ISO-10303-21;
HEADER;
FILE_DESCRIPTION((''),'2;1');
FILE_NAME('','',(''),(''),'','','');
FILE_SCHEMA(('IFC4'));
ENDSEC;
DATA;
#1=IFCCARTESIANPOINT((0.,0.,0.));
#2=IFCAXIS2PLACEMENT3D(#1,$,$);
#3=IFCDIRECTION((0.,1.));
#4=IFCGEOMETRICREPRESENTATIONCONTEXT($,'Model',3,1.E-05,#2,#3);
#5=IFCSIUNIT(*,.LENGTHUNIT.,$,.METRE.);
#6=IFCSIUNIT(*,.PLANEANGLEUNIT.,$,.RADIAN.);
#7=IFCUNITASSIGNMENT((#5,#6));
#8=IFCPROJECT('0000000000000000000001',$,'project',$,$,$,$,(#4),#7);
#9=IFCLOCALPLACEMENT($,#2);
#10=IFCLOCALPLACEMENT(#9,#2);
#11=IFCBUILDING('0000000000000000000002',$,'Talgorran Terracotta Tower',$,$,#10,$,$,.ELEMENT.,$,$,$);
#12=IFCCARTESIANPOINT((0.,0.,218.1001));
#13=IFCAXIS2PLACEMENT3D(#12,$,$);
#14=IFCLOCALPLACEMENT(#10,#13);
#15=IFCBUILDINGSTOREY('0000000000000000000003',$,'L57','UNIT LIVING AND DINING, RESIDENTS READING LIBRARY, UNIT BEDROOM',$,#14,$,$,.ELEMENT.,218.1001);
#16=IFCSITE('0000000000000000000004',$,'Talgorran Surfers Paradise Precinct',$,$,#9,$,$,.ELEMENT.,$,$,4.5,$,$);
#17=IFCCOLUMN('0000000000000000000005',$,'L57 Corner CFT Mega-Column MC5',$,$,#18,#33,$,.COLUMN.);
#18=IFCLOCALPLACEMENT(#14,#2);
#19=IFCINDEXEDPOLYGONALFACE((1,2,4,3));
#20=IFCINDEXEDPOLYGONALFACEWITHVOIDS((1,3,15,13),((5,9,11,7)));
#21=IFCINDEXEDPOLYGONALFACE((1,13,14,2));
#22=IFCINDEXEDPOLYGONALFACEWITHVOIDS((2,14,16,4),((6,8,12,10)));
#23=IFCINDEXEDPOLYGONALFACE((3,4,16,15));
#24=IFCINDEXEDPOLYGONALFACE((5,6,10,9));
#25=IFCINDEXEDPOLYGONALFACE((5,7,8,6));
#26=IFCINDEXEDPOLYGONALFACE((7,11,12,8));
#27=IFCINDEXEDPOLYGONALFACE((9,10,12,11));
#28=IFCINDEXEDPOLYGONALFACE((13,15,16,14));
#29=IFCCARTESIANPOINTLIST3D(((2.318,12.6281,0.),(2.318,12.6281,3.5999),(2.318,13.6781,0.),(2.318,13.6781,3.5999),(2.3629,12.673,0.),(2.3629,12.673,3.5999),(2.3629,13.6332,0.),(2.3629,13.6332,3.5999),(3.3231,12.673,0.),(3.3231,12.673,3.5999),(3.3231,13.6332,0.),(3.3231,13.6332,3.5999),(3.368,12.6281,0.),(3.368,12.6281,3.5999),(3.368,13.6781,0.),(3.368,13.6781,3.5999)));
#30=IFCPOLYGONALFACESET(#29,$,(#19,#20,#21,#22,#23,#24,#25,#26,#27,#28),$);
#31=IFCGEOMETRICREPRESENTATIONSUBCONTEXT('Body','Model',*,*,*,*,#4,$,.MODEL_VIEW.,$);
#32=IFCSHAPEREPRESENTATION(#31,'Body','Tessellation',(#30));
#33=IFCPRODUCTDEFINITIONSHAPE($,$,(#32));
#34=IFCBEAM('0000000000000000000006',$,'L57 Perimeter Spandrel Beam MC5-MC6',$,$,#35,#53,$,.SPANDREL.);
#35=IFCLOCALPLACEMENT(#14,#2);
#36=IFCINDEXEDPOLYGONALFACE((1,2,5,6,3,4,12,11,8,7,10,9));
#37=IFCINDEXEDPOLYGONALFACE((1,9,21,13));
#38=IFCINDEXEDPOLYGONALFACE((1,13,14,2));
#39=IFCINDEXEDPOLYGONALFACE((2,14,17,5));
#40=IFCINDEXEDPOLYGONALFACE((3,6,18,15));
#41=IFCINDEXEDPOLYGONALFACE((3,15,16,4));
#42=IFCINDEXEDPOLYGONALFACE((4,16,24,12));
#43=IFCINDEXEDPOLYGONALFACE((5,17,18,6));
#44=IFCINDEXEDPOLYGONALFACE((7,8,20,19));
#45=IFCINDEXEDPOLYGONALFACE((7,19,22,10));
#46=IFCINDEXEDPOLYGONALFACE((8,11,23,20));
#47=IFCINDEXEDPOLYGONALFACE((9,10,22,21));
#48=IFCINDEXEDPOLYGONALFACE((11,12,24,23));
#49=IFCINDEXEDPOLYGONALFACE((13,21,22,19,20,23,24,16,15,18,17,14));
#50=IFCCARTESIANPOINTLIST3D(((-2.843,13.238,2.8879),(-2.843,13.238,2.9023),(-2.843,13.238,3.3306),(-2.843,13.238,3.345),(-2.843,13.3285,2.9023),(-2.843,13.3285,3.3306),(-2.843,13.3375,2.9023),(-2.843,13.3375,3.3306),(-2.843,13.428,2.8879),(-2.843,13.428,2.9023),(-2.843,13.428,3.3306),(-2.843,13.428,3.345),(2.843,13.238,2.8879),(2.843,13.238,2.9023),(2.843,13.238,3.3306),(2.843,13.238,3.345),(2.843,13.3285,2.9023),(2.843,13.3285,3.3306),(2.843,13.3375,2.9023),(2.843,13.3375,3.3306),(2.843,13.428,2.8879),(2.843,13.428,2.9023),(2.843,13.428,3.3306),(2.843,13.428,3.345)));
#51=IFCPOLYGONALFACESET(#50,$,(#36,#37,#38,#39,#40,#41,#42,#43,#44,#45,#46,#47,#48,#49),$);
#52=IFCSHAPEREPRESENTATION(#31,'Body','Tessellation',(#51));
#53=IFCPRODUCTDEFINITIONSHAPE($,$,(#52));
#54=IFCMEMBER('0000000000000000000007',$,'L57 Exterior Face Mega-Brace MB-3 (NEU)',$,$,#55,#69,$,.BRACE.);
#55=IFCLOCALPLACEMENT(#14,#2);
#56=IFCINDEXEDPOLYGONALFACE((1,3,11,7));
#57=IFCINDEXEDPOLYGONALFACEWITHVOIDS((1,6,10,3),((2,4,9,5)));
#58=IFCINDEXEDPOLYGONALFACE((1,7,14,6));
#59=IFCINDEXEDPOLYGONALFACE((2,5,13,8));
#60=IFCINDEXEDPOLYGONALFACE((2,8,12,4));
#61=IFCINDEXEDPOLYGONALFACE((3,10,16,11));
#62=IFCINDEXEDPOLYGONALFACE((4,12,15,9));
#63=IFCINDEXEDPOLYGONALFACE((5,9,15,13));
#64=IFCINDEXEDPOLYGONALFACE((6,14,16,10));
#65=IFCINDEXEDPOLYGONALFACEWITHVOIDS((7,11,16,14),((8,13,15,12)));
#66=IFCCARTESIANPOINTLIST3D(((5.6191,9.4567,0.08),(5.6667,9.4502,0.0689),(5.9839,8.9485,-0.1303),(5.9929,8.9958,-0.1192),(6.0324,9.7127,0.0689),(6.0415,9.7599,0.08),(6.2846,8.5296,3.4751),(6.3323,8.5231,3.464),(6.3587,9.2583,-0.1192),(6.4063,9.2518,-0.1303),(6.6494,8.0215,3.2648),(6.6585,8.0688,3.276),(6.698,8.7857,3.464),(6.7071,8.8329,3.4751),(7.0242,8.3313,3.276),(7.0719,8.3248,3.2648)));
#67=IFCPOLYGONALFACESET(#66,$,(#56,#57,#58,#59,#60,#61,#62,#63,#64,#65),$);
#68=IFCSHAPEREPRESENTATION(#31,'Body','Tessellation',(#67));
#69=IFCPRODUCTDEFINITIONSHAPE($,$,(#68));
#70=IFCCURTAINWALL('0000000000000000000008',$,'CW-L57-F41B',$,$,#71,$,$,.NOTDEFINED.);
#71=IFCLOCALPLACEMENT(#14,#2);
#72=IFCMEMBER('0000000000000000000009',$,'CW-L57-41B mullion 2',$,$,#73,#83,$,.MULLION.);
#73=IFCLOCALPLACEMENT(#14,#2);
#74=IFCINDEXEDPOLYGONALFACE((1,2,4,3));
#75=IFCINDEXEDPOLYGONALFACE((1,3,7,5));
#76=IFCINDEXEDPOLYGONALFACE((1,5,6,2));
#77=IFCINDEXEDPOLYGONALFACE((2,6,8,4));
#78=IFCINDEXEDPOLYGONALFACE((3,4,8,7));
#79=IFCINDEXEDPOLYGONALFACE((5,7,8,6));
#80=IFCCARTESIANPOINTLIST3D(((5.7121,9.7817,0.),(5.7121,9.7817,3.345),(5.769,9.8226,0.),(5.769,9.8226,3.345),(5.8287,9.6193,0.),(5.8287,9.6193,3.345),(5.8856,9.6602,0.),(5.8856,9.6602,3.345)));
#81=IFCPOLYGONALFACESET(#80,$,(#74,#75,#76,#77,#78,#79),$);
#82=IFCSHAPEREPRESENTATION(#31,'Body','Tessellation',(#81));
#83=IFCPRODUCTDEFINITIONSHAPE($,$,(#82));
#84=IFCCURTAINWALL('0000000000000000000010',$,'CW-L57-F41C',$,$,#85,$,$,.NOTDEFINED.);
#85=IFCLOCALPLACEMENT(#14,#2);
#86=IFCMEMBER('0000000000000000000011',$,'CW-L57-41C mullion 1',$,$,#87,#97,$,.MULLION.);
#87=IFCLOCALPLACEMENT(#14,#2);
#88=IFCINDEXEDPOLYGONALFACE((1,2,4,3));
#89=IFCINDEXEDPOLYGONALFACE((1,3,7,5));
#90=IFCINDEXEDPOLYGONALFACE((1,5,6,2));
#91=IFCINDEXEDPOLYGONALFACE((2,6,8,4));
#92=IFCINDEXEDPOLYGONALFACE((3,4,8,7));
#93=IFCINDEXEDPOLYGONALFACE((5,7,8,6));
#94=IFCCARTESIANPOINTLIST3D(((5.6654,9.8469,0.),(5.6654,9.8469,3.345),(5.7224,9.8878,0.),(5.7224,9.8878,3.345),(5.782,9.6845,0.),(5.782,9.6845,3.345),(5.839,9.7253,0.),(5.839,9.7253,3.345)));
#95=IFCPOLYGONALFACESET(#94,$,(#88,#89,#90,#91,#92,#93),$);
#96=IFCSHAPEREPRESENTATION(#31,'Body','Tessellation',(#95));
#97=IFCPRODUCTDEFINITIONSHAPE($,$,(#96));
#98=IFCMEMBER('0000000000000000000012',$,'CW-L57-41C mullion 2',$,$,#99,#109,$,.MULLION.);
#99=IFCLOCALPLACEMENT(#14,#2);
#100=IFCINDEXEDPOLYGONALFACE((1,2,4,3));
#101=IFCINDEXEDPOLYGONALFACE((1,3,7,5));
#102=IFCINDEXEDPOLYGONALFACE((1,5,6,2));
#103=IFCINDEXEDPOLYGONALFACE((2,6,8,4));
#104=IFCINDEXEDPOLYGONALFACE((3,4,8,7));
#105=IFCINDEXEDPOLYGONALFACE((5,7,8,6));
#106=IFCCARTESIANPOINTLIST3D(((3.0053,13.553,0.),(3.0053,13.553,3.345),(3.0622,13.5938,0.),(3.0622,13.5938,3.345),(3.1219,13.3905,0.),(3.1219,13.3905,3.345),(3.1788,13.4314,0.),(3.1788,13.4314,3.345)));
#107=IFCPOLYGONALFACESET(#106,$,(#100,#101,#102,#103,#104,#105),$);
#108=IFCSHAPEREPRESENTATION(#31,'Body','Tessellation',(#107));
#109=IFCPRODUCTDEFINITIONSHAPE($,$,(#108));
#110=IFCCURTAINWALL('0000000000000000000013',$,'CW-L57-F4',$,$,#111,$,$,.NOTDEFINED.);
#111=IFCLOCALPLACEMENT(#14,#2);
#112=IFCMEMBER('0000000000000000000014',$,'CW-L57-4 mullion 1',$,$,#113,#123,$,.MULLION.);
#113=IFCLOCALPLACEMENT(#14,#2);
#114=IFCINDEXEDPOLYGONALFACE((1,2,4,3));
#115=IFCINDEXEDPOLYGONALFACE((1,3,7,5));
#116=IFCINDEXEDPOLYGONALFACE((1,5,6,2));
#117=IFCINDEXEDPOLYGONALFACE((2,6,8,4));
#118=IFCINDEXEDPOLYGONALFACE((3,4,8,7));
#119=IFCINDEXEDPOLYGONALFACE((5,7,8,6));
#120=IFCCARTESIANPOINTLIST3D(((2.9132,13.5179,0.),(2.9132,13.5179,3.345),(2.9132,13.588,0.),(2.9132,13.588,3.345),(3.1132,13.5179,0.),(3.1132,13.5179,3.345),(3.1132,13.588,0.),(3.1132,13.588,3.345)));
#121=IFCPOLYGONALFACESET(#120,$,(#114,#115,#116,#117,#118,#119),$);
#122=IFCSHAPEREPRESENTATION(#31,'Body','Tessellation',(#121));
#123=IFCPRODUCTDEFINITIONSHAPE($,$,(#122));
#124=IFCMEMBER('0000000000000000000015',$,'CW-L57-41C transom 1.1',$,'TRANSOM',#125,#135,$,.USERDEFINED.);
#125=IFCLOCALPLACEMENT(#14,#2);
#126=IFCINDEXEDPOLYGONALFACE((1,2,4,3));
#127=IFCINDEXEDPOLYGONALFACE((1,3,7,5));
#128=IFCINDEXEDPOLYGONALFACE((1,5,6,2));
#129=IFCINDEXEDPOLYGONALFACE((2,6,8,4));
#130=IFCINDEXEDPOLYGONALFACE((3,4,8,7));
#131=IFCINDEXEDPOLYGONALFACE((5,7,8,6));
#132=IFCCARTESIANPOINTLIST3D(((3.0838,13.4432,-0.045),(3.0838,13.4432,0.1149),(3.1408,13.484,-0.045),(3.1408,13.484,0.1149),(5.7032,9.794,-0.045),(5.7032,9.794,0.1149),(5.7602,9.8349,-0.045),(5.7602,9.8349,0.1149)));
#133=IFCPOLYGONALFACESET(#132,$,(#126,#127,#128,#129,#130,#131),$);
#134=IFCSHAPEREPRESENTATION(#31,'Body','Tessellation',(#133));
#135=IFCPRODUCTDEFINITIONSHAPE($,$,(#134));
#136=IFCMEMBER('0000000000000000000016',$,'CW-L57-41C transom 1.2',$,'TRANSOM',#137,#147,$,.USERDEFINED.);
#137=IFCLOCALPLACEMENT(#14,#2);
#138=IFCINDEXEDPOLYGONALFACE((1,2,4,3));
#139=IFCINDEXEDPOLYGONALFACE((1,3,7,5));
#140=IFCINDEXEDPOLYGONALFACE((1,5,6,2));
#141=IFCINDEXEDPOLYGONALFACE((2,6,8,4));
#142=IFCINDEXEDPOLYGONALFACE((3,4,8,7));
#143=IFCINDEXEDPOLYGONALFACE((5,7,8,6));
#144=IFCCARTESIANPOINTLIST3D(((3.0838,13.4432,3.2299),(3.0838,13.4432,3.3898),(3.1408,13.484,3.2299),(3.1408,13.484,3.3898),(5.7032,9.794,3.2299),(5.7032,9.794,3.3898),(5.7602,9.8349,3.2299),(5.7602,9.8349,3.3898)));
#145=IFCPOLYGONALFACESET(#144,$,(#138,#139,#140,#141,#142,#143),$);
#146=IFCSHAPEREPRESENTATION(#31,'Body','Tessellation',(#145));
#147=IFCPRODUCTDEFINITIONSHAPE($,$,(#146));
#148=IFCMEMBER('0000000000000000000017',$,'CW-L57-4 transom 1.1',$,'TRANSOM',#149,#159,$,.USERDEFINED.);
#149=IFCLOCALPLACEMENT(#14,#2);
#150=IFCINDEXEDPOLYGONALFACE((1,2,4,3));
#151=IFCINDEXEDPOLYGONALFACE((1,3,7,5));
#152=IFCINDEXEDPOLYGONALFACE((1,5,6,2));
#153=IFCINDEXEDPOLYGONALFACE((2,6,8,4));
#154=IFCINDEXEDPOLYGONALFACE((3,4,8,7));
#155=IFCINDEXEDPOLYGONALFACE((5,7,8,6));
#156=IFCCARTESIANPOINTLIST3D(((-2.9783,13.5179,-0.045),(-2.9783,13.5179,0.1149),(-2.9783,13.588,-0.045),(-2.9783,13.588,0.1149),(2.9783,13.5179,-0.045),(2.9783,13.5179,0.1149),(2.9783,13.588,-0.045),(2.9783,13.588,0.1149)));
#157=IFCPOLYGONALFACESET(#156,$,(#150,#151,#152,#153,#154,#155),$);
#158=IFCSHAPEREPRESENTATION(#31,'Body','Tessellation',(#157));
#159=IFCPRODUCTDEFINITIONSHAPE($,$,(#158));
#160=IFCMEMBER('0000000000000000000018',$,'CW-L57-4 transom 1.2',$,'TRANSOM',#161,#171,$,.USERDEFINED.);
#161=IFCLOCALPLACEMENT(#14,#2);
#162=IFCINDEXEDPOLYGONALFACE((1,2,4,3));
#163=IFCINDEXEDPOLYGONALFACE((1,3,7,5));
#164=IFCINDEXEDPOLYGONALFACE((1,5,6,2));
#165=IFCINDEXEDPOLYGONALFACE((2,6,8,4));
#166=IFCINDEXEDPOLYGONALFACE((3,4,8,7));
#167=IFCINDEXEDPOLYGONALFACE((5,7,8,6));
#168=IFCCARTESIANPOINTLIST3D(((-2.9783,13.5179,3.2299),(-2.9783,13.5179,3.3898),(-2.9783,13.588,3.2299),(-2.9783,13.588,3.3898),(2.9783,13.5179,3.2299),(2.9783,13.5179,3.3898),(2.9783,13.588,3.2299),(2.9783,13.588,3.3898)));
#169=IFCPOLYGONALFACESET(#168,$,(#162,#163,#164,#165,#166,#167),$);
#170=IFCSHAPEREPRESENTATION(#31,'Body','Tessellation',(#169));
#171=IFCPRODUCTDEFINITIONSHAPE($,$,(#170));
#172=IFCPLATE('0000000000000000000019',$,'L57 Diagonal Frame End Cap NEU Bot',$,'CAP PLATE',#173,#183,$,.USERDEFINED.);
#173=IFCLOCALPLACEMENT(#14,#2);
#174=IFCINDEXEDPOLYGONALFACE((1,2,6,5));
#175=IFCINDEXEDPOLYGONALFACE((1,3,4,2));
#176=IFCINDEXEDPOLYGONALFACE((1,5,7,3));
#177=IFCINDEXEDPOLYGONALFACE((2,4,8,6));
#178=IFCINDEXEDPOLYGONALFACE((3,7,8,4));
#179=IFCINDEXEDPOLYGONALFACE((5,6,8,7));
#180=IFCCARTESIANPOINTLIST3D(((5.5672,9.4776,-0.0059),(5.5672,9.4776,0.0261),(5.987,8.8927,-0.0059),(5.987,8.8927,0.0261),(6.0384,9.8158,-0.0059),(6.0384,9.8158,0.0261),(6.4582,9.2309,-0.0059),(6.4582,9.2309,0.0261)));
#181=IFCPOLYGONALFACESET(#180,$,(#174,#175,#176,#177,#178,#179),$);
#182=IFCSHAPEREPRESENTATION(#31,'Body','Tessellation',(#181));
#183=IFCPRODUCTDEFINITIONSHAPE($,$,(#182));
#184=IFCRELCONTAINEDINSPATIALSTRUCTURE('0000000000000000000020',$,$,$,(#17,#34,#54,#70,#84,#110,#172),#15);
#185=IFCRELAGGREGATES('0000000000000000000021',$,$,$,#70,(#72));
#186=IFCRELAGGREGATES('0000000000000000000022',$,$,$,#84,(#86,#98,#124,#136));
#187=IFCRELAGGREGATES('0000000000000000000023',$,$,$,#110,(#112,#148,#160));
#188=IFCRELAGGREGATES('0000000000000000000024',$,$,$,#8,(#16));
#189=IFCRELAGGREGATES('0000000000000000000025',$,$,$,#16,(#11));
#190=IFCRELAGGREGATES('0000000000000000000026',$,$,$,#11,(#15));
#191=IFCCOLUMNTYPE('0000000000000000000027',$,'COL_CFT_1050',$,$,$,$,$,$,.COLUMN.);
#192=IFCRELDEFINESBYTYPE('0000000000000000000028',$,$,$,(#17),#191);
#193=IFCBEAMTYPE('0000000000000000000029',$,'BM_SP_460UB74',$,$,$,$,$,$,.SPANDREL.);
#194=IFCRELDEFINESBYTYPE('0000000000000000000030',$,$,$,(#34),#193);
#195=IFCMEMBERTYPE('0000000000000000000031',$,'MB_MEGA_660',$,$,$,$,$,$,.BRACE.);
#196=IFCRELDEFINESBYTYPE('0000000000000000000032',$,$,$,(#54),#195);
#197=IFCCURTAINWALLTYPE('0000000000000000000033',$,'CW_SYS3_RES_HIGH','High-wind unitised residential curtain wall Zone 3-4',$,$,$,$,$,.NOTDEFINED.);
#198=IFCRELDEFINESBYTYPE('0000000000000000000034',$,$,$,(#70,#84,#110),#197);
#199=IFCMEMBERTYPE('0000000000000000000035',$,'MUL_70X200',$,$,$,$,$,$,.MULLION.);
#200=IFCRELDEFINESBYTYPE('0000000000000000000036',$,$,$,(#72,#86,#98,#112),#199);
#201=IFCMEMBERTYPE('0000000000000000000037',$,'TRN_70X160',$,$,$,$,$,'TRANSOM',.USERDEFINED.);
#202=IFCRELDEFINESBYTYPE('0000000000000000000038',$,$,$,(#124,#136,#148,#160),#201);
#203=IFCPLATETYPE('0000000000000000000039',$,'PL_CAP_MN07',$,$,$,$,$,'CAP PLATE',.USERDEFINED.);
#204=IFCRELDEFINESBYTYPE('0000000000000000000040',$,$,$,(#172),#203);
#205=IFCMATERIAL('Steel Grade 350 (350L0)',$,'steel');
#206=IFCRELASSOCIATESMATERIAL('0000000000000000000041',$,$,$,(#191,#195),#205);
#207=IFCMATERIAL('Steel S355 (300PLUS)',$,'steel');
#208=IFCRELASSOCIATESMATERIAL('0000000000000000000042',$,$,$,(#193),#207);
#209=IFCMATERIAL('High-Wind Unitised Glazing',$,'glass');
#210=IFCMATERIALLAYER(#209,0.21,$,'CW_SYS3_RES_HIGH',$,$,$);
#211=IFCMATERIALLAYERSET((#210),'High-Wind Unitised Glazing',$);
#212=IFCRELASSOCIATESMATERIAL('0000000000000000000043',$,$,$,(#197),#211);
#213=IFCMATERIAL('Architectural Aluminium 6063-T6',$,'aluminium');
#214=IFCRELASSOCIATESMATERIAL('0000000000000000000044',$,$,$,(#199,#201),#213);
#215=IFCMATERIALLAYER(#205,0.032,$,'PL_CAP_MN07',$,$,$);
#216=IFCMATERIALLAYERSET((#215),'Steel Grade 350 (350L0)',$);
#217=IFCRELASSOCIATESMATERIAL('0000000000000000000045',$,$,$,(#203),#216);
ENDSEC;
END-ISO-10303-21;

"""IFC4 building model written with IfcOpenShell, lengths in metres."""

from ifc_helpers import new_model, si_unit, direction, frame, origin, origin_2d, place, context, subcontext, project, spatial, rectangle, hollow_rectangle, i_section, extrude, material, layer, layer_set, material_profile, profile_set, type_object, element, aggregate, save


model = new_model("IFC4")

# Units and contexts
model_context = context("Model", 3, precision=1e-05, world=origin(), true_north=direction((0.0, 1.0)))
body_context = subcontext(model_context, "Body", "Model", "MODEL_VIEW")
ifc_project = project(units=[si_unit("LENGTHUNIT", "METRE"), si_unit("PLANEANGLEUNIT", "RADIAN")], contexts=[model_context])

# Site, building, storey
site_placement = place(None, origin())
site = spatial("IfcSite", under=ifc_project, at=site_placement, Name="Talgorran Surfers Paradise Precinct", CompositionType="ELEMENT", RefElevation=4.5)
building_placement = place(site_placement, origin())
building = spatial("IfcBuilding", under=site, at=building_placement, Name="Talgorran Terracotta Tower", CompositionType="ELEMENT")
storey_placement = place(building_placement, frame((0.0, 0.0, 218.1001)))
storey = spatial("IfcBuildingStorey", under=building, at=storey_placement, Name="L57", Description="UNIT LIVING AND DINING, RESIDENTS READING LIBRARY, UNIT BEDROOM", CompositionType="ELEMENT", Elevation=218.1001)

# Column
ifc_material_1 = material(Name="Steel Grade 350 (350L0)", Category="steel")
ifc_material_profile_1 = material_profile(ifc_material_1, hollow_rectangle(XDim=1.05, YDim=1.05, WallThickness=0.0449, at=origin_2d()), Name="CFT1050X1050X45")
ifc_profile_set_1 = profile_set([ifc_material_profile_1], Name="Steel Grade 350 (350L0)")
column_type = type_object("IfcColumnType", Name="COL_CFT_1050", PredefinedType="COLUMN", material=ifc_profile_set_1)
column_placement = place(storey_placement, frame((2.843, 13.1531, 0.0), z_axis=(0.0, 0.0, 1.0), x_axis=(1.0, 0.0, 0.0)))
element("IfcColumn", 1, at=column_placement, inside=storey, type_object=column_type, Name="L57 Corner CFT Mega-Column MC5", PredefinedType="COLUMN", context=body_context, shape_type="SweptSolid", body=[
    extrude(hollow_rectangle(XDim=1.05, YDim=1.05, WallThickness=0.0449, at=origin_2d()), origin(), (0.0, 0.0, 1.0), 3.5999),
])

# Beam
ifc_material_2 = material(Name="Steel S355 (300PLUS)", Category="steel")
ifc_material_profile_2 = material_profile(ifc_material_2, i_section(OverallWidth=0.1899, OverallDepth=0.457, WebThickness=0.009, FlangeThickness=0.0144, at=origin_2d()), Name="460UB74.6")
ifc_profile_set_2 = profile_set([ifc_material_profile_2], Name="Steel S355 (300PLUS)")
beam_type = type_object("IfcBeamType", Name="BM_SP_460UB74", PredefinedType="SPANDREL", material=ifc_profile_set_2)
beam_placement = place(storey_placement, frame((2.843, 13.333, 3.1165), z_axis=(-1.0, 0.0, 0.0), x_axis=(0.0, -1.0, 0.0)))
element("IfcBeam", 2, at=beam_placement, inside=storey, type_object=beam_type, Name="L57 Perimeter Spandrel Beam MC5-MC6", PredefinedType="SPANDREL", context=body_context, shape_type="SweptSolid", body=[
    extrude(i_section(OverallWidth=0.1899, OverallDepth=0.457, WebThickness=0.009, FlangeThickness=0.0144, at=origin_2d()), origin(), (0.0, 0.0, 1.0), 5.686),
])

# Member
ifc_material_profile_3 = material_profile(ifc_material_1, hollow_rectangle(XDim=0.52, YDim=0.6599, WallThickness=0.0349, at=origin_2d()), Name="WBOX660X520X35")
ifc_profile_set_3 = profile_set([ifc_material_profile_3], Name="Steel Grade 350 (350L0)")
member_type_1 = type_object("IfcMemberType", Name="MB_MEGA_660", PredefinedType="BRACE", material=ifc_profile_set_3)
member_1_placement = place(storey_placement, frame((6.0127, 9.3542, -0.0251), z_axis=(0.185814, -0.258818, 0.947885), x_axis=(0.812329, 0.5832, 0.0)))
element("IfcMember", 3, at=member_1_placement, inside=storey, type_object=member_type_1, Name="L57 Exterior Face Mega-Brace MB-3 (NEU)", PredefinedType="BRACE", context=body_context, shape_type="SweptSolid", body=[
    extrude(hollow_rectangle(XDim=0.52, YDim=0.6599, WallThickness=0.0349, at=origin_2d()), origin(), (0.0, 0.0, 1.0), 3.5818),
])

# Curtain wall, member
ifc_material_3 = material(Name="High-Wind Unitised Glazing", Category="glass")
ifc_layer_1 = layer(ifc_material_3, 0.21, Name="CW_SYS3_RES_HIGH")
ifc_layer_set_1 = layer_set([ifc_layer_1], Name="High-Wind Unitised Glazing")
curtain_wall_type = type_object("IfcCurtainWallType", Name="CW_SYS3_RES_HIGH", Description="High-wind unitised residential curtain wall Zone 3-4", PredefinedType="NOTDEFINED", material=ifc_layer_set_1)
curtain_wall_1_placement = place(storey_placement, origin())
curtain_wall_1 = element("IfcCurtainWall", 4, at=curtain_wall_1_placement, inside=storey, type_object=curtain_wall_type, Name="CW-L57-F41B", PredefinedType="NOTDEFINED")
ifc_material_4 = material(Name="Architectural Aluminium 6063-T6", Category="aluminium")
ifc_material_profile_4 = material_profile(ifc_material_4, rectangle(XDim=0.0701, YDim=0.2, at=origin_2d()), Name="CWM70X200")
ifc_profile_set_4 = profile_set([ifc_material_profile_4], Name="Architectural Aluminium 6063-T6")
member_type_2 = type_object("IfcMemberType", Name="MUL_70X200", PredefinedType="MULLION", material=ifc_profile_set_4)
member_2_placement = place(storey_placement, frame((5.7988, 9.7209, 0.0), z_axis=(0.0, 0.0, 1.0), x_axis=(-0.812381, -0.583127, 0.0)))
member_2 = element("IfcMember", 5, at=member_2_placement, type_object=member_type_2, Name="CW-L57-41B mullion 2", PredefinedType="MULLION", context=body_context, shape_type="SweptSolid", body=[
    extrude(rectangle(XDim=0.0701, YDim=0.2, at=origin_2d()), origin(), (0.0, 0.0, 1.0), 3.345),
])

# Curtain wall, members
curtain_wall_2_placement = place(storey_placement, origin())
curtain_wall_2 = element("IfcCurtainWall", 6, at=curtain_wall_2_placement, inside=storey, type_object=curtain_wall_type, Name="CW-L57-F41C", PredefinedType="NOTDEFINED")
member_3_placement = place(storey_placement, frame((5.7522, 9.7861, 0.0), z_axis=(0.0, 0.0, 1.0), x_axis=(-0.812392, -0.583111, 0.0)))
member_3 = element("IfcMember", 7, at=member_3_placement, type_object=member_type_2, Name="CW-L57-41C mullion 1", PredefinedType="MULLION", context=body_context, shape_type="SweptSolid", body=[
    extrude(rectangle(XDim=0.0701, YDim=0.2, at=origin_2d()), origin(), (0.0, 0.0, 1.0), 3.345),
])
member_4_placement = place(storey_placement, frame((3.092, 13.4922, 0.0), z_axis=(0.0, 0.0, 1.0), x_axis=(-0.812392, -0.583111, 0.0)))
member_4 = element("IfcMember", 8, at=member_4_placement, type_object=member_type_2, Name="CW-L57-41C mullion 2", PredefinedType="MULLION", context=body_context, shape_type="SweptSolid", body=[
    extrude(rectangle(XDim=0.0701, YDim=0.2, at=origin_2d()), origin(), (0.0, 0.0, 1.0), 3.345),
])

# Curtain wall, member
curtain_wall_3_placement = place(storey_placement, origin())
curtain_wall_3 = element("IfcCurtainWall", 9, at=curtain_wall_3_placement, inside=storey, type_object=curtain_wall_type, Name="CW-L57-F4", PredefinedType="NOTDEFINED")
member_5_placement = place(storey_placement, frame((3.0132, 13.553, 0.0), z_axis=(0.0, 0.0, 1.0), x_axis=(0.0, -1.0, 0.0)))
member_5 = element("IfcMember", 10, at=member_5_placement, type_object=member_type_2, Name="CW-L57-4 mullion 1", PredefinedType="MULLION", context=body_context, shape_type="SweptSolid", body=[
    extrude(rectangle(XDim=0.0701, YDim=0.2, at=origin_2d()), origin(), (0.0, 0.0, 1.0), 3.345),
])

# Members
ifc_material_profile_5 = material_profile(ifc_material_4, rectangle(XDim=0.0701, YDim=0.1599, at=origin_2d()), Name="CWT70X160")
ifc_profile_set_5 = profile_set([ifc_material_profile_5], Name="Architectural Aluminium 6063-T6")
member_type_3 = type_object("IfcMemberType", Name="TRN_70X160", ElementType="TRANSOM", PredefinedType="USERDEFINED", material=ifc_profile_set_5)
member_6_placement = place(storey_placement, frame((5.7317, 9.8145, 0.0349), z_axis=(-0.583129, 0.81238, 0.0), x_axis=(-0.81238, -0.583129, 0.0)))
member_6 = element("IfcMember", 11, at=member_6_placement, type_object=member_type_3, Name="CW-L57-41C transom 1.1", ObjectType="TRANSOM", PredefinedType="USERDEFINED", context=body_context, shape_type="SweptSolid", body=[
    extrude(rectangle(XDim=0.0701, YDim=0.1599, at=origin_2d()), origin(), (0.0, 0.0, 1.0), 4.4919),
])
member_7_placement = place(storey_placement, frame((5.7317, 9.8145, 3.3098), z_axis=(-0.583129, 0.81238, 0.0), x_axis=(-0.81238, -0.583129, 0.0)))
member_7 = element("IfcMember", 12, at=member_7_placement, type_object=member_type_3, Name="CW-L57-41C transom 1.2", ObjectType="TRANSOM", PredefinedType="USERDEFINED", context=body_context, shape_type="SweptSolid", body=[
    extrude(rectangle(XDim=0.0701, YDim=0.1599, at=origin_2d()), origin(), (0.0, 0.0, 1.0), 4.4919),
])
member_8_placement = place(storey_placement, frame((2.9783, 13.553, 0.0349), z_axis=(-1.0, 0.0, 0.0), x_axis=(0.0, -1.0, 0.0)))
member_8 = element("IfcMember", 13, at=member_8_placement, type_object=member_type_3, Name="CW-L57-4 transom 1.1", ObjectType="TRANSOM", PredefinedType="USERDEFINED", context=body_context, shape_type="SweptSolid", body=[
    extrude(rectangle(XDim=0.0701, YDim=0.1599, at=origin_2d()), origin(), (0.0, 0.0, 1.0), 5.9565),
])
member_9_placement = place(storey_placement, frame((2.9783, 13.553, 3.3098), z_axis=(-1.0, 0.0, 0.0), x_axis=(0.0, -1.0, 0.0)))
member_9 = element("IfcMember", 14, at=member_9_placement, type_object=member_type_3, Name="CW-L57-4 transom 1.2", ObjectType="TRANSOM", PredefinedType="USERDEFINED", context=body_context, shape_type="SweptSolid", body=[
    extrude(rectangle(XDim=0.0701, YDim=0.1599, at=origin_2d()), origin(), (0.0, 0.0, 1.0), 5.9565),
])

# Plate
ifc_layer_2 = layer(ifc_material_1, 0.032, Name="PL_CAP_MN07")
ifc_layer_set_2 = layer_set([ifc_layer_2], Name="Steel Grade 350 (350L0)")
plate_type_1 = type_object("IfcPlateType", Name="PL_CAP_MN07", ElementType="CAP PLATE", PredefinedType="USERDEFINED", material=ifc_layer_set_2)
for number, where, z_axis, x_axis, name in (
    (15, (6.0127, 9.3542, -0.0059), (0.0, 0.0, 1.0), (0.583116, -0.812389, 0.0), "L57 Diagonal Frame End Cap NEU Bot"),
):
    element("IfcPlate", number, at=place(storey_placement, frame(where, z_axis=z_axis, x_axis=x_axis)), inside=storey, type_object=plate_type_1, Name=name, ObjectType="CAP PLATE", PredefinedType="USERDEFINED", context=body_context, shape_type="SweptSolid", body=[
        extrude(rectangle(XDim=0.72, YDim=0.5801, at=origin_2d()), origin(), (0.0, 0.0, 1.0), 0.032),
    ])

aggregate(curtain_wall_1, [member_2])
aggregate(curtain_wall_2, [member_3, member_4, member_6, member_7])
aggregate(curtain_wall_3, [member_5, member_8, member_9])

save(model, "model.ifc")
